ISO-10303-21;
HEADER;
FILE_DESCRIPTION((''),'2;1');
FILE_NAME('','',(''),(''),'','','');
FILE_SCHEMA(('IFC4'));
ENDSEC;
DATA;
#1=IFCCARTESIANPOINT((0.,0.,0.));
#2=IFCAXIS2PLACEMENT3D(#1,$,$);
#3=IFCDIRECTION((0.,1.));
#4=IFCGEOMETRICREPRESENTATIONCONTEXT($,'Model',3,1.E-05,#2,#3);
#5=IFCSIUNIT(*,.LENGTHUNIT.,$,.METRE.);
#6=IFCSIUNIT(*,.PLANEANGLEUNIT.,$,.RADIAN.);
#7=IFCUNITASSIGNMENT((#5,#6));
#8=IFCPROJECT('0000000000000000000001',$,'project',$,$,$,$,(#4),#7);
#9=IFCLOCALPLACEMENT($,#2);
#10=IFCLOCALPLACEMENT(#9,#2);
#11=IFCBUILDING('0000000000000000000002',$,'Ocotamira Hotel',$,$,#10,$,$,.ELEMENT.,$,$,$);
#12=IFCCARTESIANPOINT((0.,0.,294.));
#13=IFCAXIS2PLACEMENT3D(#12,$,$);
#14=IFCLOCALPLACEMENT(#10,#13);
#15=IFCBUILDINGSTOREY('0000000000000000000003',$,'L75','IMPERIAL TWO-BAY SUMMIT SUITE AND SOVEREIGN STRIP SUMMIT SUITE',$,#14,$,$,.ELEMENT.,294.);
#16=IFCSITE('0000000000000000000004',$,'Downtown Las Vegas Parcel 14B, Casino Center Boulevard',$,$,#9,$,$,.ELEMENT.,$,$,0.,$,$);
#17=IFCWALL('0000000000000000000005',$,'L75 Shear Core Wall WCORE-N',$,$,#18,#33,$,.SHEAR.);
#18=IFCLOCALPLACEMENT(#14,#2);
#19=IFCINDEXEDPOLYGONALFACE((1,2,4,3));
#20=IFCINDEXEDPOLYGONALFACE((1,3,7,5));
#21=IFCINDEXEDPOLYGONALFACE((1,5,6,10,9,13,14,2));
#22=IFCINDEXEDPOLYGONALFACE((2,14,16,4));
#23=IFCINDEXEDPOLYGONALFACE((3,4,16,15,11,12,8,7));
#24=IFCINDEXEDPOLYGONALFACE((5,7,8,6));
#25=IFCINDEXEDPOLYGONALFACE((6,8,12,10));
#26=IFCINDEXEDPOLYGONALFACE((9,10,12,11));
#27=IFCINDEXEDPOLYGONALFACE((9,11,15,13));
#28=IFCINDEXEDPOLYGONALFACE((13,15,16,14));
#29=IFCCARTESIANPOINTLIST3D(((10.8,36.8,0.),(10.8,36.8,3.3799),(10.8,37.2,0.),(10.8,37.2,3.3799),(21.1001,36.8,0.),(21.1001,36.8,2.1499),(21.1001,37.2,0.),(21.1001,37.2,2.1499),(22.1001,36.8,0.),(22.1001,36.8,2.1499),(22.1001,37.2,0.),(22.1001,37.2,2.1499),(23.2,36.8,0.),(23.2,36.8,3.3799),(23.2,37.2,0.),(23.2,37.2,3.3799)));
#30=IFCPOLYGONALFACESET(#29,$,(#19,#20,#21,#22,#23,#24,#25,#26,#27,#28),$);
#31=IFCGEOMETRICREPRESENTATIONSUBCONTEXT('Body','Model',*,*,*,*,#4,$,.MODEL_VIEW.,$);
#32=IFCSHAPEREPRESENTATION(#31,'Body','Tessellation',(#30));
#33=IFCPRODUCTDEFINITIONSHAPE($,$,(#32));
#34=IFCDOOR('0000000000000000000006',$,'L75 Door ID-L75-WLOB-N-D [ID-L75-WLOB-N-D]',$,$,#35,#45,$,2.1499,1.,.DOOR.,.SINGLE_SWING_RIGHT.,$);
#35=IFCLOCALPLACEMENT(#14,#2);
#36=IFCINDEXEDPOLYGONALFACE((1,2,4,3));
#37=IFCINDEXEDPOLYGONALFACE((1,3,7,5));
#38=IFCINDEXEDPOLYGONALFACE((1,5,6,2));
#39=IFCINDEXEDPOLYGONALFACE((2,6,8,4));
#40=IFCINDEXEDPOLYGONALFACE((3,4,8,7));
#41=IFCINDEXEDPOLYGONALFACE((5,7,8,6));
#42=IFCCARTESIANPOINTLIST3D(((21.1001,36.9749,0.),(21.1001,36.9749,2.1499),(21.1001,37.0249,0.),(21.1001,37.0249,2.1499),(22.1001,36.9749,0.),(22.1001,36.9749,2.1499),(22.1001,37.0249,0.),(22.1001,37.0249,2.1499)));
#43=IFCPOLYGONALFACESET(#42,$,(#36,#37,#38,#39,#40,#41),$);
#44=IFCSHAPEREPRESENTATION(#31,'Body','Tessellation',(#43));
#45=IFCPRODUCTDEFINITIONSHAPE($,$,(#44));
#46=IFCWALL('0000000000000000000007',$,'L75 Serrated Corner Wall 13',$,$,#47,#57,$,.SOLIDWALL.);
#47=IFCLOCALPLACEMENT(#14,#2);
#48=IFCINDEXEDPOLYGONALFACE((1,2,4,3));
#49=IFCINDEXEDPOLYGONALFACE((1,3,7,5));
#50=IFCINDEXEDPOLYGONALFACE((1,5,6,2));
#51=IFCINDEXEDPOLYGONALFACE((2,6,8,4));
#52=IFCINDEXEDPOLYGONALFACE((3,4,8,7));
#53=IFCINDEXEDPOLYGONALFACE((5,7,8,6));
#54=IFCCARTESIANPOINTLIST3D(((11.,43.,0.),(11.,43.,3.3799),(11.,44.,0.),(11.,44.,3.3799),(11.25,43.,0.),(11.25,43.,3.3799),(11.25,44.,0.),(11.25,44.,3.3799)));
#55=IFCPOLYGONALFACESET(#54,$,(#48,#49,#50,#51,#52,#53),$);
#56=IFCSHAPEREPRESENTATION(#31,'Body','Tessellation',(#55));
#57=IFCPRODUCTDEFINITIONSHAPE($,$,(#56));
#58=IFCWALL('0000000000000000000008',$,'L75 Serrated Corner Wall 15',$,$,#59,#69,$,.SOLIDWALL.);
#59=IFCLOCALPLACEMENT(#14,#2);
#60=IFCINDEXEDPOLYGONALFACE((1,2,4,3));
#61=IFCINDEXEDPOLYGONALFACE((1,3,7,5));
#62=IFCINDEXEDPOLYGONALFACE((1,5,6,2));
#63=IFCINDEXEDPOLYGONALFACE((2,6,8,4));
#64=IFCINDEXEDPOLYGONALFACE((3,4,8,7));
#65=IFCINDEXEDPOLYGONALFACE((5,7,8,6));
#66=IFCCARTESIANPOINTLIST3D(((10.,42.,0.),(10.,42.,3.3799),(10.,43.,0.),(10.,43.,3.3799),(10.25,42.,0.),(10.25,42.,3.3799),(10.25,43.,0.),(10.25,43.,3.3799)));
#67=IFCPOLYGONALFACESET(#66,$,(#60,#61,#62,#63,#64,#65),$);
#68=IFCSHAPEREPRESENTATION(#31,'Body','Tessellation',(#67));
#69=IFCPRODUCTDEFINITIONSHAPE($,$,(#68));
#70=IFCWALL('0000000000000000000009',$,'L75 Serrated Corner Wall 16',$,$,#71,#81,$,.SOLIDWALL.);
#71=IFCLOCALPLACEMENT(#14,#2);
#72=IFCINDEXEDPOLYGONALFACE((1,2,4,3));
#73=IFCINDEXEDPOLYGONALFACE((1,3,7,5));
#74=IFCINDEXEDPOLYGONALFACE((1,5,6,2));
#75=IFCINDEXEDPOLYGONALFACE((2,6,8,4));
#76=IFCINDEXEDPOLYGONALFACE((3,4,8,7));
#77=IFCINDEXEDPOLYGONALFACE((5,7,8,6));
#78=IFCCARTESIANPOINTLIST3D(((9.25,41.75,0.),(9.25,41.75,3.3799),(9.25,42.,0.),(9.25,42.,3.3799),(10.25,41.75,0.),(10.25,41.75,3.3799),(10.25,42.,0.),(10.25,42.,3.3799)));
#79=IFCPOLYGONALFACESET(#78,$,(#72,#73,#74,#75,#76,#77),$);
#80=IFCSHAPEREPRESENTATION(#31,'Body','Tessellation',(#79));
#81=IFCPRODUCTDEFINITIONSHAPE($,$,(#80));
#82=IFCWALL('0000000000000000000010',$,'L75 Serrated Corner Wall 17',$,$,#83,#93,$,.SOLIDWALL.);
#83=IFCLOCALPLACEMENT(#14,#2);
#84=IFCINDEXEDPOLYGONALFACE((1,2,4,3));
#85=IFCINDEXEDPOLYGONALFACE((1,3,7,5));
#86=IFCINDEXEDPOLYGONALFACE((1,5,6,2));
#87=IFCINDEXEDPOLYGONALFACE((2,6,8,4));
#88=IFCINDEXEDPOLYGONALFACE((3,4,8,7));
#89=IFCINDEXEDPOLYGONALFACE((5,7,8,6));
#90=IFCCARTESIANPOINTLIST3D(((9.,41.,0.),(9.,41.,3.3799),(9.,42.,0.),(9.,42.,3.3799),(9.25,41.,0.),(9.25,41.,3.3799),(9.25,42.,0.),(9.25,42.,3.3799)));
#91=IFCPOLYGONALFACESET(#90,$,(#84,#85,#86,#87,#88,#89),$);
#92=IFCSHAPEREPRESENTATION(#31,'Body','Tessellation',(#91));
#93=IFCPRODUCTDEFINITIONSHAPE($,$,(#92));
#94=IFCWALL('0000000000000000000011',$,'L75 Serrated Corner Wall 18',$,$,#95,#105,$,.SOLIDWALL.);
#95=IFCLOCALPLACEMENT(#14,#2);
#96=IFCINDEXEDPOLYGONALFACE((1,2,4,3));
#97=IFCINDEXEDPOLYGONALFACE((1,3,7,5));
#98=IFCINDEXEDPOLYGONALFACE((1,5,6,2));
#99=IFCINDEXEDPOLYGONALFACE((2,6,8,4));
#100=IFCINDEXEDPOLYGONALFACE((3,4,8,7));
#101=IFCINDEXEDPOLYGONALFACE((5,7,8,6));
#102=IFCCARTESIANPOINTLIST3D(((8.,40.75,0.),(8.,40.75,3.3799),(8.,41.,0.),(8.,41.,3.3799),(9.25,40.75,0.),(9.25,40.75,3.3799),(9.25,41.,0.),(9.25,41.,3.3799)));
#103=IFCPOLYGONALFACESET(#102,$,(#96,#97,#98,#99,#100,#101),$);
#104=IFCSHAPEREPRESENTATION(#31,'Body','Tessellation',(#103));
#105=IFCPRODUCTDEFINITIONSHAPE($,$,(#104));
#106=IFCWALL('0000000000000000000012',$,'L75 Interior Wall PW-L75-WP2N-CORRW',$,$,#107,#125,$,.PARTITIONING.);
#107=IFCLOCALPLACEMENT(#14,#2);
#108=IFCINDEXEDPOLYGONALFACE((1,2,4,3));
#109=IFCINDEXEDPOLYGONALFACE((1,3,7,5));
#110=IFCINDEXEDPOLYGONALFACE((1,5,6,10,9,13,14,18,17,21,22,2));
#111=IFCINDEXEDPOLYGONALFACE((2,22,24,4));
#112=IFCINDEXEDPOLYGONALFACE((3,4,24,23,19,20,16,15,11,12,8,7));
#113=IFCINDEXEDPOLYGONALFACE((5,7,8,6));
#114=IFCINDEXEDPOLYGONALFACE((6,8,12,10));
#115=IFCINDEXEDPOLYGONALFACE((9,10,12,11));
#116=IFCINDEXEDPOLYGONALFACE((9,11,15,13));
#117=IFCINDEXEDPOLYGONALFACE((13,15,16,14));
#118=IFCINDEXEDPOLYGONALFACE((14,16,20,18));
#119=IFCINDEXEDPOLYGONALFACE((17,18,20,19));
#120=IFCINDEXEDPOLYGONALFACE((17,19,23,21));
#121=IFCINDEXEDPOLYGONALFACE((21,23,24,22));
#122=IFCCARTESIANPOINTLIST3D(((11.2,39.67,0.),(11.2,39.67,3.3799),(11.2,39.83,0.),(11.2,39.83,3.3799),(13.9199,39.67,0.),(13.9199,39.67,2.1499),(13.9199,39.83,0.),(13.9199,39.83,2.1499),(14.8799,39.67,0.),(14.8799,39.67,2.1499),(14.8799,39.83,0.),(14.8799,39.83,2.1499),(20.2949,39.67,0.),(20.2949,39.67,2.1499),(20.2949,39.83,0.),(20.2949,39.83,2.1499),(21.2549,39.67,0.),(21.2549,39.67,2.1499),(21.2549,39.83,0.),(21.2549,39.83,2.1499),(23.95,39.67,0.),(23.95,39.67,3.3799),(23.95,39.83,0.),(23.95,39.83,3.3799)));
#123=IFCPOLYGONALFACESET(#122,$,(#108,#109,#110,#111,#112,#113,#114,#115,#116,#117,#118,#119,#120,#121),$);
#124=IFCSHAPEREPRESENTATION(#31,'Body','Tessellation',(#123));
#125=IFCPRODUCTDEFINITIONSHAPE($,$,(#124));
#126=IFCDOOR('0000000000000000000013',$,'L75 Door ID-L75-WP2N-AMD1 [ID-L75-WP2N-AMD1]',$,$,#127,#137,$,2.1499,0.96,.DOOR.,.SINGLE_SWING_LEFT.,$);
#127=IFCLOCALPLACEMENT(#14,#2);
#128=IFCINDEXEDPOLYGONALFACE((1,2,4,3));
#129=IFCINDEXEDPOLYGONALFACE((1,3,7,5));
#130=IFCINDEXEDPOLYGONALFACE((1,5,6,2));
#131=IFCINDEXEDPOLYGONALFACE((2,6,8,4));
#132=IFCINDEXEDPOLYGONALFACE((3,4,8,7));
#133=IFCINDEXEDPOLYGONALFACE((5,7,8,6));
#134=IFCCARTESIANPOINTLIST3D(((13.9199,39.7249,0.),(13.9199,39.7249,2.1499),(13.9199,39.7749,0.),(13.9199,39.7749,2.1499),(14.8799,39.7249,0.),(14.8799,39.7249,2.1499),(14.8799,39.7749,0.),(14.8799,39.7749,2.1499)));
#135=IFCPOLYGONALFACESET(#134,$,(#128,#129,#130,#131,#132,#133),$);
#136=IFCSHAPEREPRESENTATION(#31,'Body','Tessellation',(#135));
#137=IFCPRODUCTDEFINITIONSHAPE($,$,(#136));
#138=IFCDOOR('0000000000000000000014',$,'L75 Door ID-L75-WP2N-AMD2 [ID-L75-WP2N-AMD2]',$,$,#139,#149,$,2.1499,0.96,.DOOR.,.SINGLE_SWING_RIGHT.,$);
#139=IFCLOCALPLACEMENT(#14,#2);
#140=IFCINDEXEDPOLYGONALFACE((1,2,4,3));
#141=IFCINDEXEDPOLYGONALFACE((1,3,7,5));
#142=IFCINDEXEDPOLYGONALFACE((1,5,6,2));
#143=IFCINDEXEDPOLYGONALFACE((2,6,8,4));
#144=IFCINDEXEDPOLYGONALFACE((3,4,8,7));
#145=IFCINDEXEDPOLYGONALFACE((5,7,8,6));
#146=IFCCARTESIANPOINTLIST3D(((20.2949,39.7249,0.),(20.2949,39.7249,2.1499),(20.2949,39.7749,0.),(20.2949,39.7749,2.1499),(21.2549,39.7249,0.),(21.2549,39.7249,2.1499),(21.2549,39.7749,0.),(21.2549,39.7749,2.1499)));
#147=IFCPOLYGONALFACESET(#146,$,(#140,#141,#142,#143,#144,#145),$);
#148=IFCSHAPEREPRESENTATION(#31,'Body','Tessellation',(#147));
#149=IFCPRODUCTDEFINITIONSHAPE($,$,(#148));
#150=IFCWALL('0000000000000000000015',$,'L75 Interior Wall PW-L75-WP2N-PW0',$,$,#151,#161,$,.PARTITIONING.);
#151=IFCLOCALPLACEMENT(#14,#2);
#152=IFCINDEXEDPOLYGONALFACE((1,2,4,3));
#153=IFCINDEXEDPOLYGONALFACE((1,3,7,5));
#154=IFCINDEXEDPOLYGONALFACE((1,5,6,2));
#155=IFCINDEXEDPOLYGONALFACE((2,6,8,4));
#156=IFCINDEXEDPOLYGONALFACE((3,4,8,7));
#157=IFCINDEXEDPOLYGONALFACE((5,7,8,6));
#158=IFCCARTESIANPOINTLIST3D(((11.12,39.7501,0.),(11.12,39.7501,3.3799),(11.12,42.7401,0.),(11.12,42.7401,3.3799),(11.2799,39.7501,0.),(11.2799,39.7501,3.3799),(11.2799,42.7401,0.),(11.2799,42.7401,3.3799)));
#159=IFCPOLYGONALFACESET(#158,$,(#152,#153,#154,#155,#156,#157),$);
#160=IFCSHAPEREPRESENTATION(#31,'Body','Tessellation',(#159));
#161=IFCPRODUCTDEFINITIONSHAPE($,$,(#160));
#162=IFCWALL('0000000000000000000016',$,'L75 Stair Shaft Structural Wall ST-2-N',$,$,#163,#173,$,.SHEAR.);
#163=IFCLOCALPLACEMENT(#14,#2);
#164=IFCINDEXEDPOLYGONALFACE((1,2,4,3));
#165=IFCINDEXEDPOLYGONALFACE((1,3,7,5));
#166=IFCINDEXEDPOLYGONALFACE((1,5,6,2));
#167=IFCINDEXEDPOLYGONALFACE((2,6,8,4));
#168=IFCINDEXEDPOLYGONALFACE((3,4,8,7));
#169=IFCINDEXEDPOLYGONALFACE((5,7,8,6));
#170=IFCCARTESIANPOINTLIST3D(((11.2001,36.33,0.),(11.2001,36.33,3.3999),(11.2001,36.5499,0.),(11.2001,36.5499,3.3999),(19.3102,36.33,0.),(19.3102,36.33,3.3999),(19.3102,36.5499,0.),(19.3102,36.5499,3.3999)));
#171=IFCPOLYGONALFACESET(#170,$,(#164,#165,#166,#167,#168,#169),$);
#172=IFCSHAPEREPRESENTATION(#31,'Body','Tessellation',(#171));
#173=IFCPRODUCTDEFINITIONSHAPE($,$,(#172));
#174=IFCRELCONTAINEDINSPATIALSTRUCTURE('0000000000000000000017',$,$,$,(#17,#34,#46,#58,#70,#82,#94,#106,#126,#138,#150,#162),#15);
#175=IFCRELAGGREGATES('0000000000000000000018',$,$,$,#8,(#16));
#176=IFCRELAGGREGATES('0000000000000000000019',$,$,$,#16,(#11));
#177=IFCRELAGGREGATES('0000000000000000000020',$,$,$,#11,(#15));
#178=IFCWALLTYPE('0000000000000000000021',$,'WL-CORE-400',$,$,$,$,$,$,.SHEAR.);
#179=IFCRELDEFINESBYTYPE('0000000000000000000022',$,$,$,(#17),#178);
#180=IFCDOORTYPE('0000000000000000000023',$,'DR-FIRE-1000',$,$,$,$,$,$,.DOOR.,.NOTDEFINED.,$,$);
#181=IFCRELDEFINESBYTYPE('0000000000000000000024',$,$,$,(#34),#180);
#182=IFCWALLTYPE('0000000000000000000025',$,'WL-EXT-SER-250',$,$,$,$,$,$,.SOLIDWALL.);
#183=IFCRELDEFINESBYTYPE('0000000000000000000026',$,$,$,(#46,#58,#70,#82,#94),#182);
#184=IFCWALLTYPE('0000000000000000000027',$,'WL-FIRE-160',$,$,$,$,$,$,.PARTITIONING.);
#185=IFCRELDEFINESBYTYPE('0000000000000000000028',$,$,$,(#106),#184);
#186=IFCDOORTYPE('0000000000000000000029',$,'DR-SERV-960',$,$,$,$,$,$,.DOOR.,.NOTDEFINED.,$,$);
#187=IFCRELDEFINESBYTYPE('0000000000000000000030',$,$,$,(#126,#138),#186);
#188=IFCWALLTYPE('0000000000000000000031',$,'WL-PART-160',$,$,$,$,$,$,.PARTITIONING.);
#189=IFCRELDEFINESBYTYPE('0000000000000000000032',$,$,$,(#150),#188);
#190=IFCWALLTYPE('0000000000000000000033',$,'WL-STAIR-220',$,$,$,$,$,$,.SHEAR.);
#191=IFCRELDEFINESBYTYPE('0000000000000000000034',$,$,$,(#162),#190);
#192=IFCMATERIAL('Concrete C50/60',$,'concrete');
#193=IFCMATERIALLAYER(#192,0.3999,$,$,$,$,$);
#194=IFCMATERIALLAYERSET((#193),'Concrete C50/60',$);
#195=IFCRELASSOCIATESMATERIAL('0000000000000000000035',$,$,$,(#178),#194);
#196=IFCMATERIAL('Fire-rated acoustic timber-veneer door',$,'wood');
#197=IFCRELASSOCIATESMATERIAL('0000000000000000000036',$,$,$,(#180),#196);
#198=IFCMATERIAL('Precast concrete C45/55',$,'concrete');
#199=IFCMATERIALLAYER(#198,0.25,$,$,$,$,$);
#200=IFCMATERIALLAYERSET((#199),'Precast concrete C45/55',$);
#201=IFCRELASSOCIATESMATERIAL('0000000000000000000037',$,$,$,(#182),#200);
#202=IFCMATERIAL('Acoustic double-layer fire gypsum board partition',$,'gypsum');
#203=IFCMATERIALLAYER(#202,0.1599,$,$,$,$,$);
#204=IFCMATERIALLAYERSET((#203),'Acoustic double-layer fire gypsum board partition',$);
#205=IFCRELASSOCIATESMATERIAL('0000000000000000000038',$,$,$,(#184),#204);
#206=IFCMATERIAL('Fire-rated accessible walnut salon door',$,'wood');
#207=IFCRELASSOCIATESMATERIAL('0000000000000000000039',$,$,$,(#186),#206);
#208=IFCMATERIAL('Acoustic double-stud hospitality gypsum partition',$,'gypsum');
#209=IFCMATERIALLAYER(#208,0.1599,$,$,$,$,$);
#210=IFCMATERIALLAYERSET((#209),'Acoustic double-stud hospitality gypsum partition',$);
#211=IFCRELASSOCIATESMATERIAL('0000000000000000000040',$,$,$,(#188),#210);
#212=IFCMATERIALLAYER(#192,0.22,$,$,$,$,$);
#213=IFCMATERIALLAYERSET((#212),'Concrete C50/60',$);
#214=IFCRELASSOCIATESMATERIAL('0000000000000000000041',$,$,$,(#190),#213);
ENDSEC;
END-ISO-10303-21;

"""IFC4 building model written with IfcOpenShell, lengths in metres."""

from ifc_helpers import new_model, si_unit, direction, frame, frame_2d, origin, place, context, subcontext, project, spatial, rectangle, extrude, source, transform, mapped, material, layer, layer_set, type_object, element, fill, save


model = new_model("IFC4")

# Units and contexts
model_context = context("Model", 3, precision=1e-05, world=origin(), true_north=direction((0.0, 1.0)))
body_context = subcontext(model_context, "Body", "Model", "MODEL_VIEW")
ifc_project = project(units=[si_unit("LENGTHUNIT", "METRE"), si_unit("PLANEANGLEUNIT", "RADIAN")], contexts=[model_context])

# Site, building, storey
site_placement = place(None, origin())
site = spatial("IfcSite", under=ifc_project, at=site_placement, Name="Downtown Las Vegas Parcel 14B, Casino Center Boulevard", CompositionType="ELEMENT", RefElevation=0.0)
building_placement = place(site_placement, origin())
building = spatial("IfcBuilding", under=site, at=building_placement, Name="Ocotamira Hotel", CompositionType="ELEMENT")
storey_placement = place(building_placement, frame((0.0, 0.0, 294.0)))
storey = spatial("IfcBuildingStorey", under=building, at=storey_placement, Name="L75", Description="IMPERIAL TWO-BAY SUMMIT SUITE AND SOVEREIGN STRIP SUMMIT SUITE", CompositionType="ELEMENT", Elevation=294.0)

# Wall, opening, door
ifc_material_1 = material(Name="Concrete C50/60", Category="concrete")
ifc_layer_1 = layer(ifc_material_1, 0.3999)
ifc_layer_set_1 = layer_set([ifc_layer_1], Name="Concrete C50/60")
wall_type_1 = type_object("IfcWallType", Name="WL-CORE-400", PredefinedType="SHEAR", material=ifc_layer_set_1)
wall_1_placement = place(storey_placement, frame((10.8, 37.0, 0.0), z_axis=(0.0, 0.0, 1.0), x_axis=(1.0, 0.0, 0.0)))
wall_1 = element("IfcWall", 1, at=wall_1_placement, inside=storey, type_object=wall_type_1, Name="L75 Shear Core Wall WCORE-N", PredefinedType="SHEAR", context=body_context, shape_type="SweptSolid", body=[
    extrude(rectangle(XDim=12.3999, YDim=0.3999, at=frame_2d((6.2, 0.0))), origin(), (0.0, 0.0, 1.0), 3.3799),
])
opening_1_placement = place(wall_1_placement, frame((10.3, 0.0, 0.0)))
opening_1 = element("IfcOpeningElement", 2, at=opening_1_placement, cuts=wall_1, PredefinedType="OPENING", context=body_context, shape_type="SweptSolid", body=[
    extrude(rectangle(XDim=1.0, YDim=2.1499, at=frame_2d((0.5, 1.075))), frame((0.0, 0.21, 0.0), z_axis=(0.0, -1.0, 0.0), x_axis=(1.0, 0.0, 0.0)), (0.0, 0.0, 1.0), 0.4199),
])
ifc_material_2 = material(Name="Fire-rated acoustic timber-veneer door", Category="wood")
door_type_1 = type_object("IfcDoorType", Name="DR-FIRE-1000", OperationType="NOTDEFINED", PredefinedType="DOOR", material=ifc_material_2)
shared_shape_1 = source(origin(), body_context, "Body", "SweptSolid", [
    extrude(rectangle(XDim=1.0, YDim=2.1499, at=frame_2d((0.5, 1.075))), frame((0.0, 0.0249, 0.0), z_axis=(0.0, -1.0, 0.0), x_axis=(1.0, 0.0, 0.0)), (0.0, 0.0, 1.0), 0.05),
])
door_1_placement = place(opening_1_placement, origin())
door_1 = element("IfcDoor", 3, at=door_1_placement, inside=storey, type_object=door_type_1, Name="L75 Door ID-L75-WLOB-N-D [ID-L75-WLOB-N-D]", OperationType="SINGLE_SWING_RIGHT", OverallHeight=2.1499, OverallWidth=1.0, PredefinedType="DOOR", context=body_context, shape_type="MappedRepresentation", body=[
    mapped(shared_shape_1, transform((0.0, 0.0, 0.0), scale=1.0)),
])
fill(opening_1, door_1)

# Walls
ifc_material_3 = material(Name="Precast concrete C45/55", Category="concrete")
ifc_layer_2 = layer(ifc_material_3, 0.25)
ifc_layer_set_2 = layer_set([ifc_layer_2], Name="Precast concrete C45/55")
wall_type_2 = type_object("IfcWallType", Name="WL-EXT-SER-250", PredefinedType="SOLIDWALL", material=ifc_layer_set_2)
for number, where, z_axis, x_axis, name in (
    (4, (11.125, 44.0, 0.0), (0.0, 0.0, 1.0), (0.0, -1.0, 0.0), "L75 Serrated Corner Wall 13"),
    (5, (10.125, 43.0, 0.0), (0.0, 0.0, 1.0), (0.0, -1.0, 0.0), "L75 Serrated Corner Wall 15"),
    (6, (10.25, 41.875, 0.0), (0.0, 0.0, 1.0), (-1.0, 0.0, 0.0), "L75 Serrated Corner Wall 16"),
    (7, (9.125, 42.0, 0.0), (0.0, 0.0, 1.0), (0.0, -1.0, 0.0), "L75 Serrated Corner Wall 17"),
):
    element("IfcWall", number, at=place(storey_placement, frame(where, z_axis=z_axis, x_axis=x_axis)), inside=storey, type_object=wall_type_2, Name=name, PredefinedType="SOLIDWALL", context=body_context, shape_type="SweptSolid", body=[
        extrude(rectangle(XDim=1.0, YDim=0.25, at=frame_2d((0.5, 0.0))), origin(), (0.0, 0.0, 1.0), 3.3799),
    ])
wall_2_placement = place(storey_placement, frame((9.25, 40.875, 0.0), z_axis=(0.0, 0.0, 1.0), x_axis=(-1.0, 0.0, 0.0)))
element("IfcWall", 8, at=wall_2_placement, inside=storey, type_object=wall_type_2, Name="L75 Serrated Corner Wall 18", PredefinedType="SOLIDWALL", context=body_context, shape_type="SweptSolid", body=[
    extrude(rectangle(XDim=1.25, YDim=0.25, at=frame_2d((0.625, 0.0))), origin(), (0.0, 0.0, 1.0), 3.3799),
])

# Wall, openings, doors
ifc_material_4 = material(Name="Acoustic double-layer fire gypsum board partition", Category="gypsum")
ifc_layer_3 = layer(ifc_material_4, 0.1599)
ifc_layer_set_3 = layer_set([ifc_layer_3], Name="Acoustic double-layer fire gypsum board partition")
wall_type_3 = type_object("IfcWallType", Name="WL-FIRE-160", PredefinedType="PARTITIONING", material=ifc_layer_set_3)
wall_3_placement = place(storey_placement, frame((11.2, 39.75, 0.0), z_axis=(0.0, 0.0, 1.0), x_axis=(1.0, 0.0, 0.0)))
wall_3 = element("IfcWall", 9, at=wall_3_placement, inside=storey, type_object=wall_type_3, Name="L75 Interior Wall PW-L75-WP2N-CORRW", PredefinedType="PARTITIONING", context=body_context, shape_type="SweptSolid", body=[
    extrude(rectangle(XDim=12.75, YDim=0.1599, at=frame_2d((6.375, 0.0))), origin(), (0.0, 0.0, 1.0), 3.3799),
])
opening_2_placement = place(wall_3_placement, frame((2.72, 0.0, 0.0)))
opening_2 = element("IfcOpeningElement", 10, at=opening_2_placement, cuts=wall_3, PredefinedType="OPENING", context=body_context, shape_type="SweptSolid", body=[
    extrude(rectangle(XDim=0.96, YDim=2.1499, at=frame_2d((0.48, 1.075))), frame((0.0, 0.0898, 0.0), z_axis=(0.0, -1.0, 0.0), x_axis=(1.0, 0.0, 0.0)), (0.0, 0.0, 1.0), 0.1799),
])
opening_3_placement = place(wall_3_placement, frame((9.095, 0.0, 0.0)))
opening_3 = element("IfcOpeningElement", 11, at=opening_3_placement, cuts=wall_3, PredefinedType="OPENING", context=body_context, shape_type="SweptSolid", body=[
    extrude(rectangle(XDim=0.96, YDim=2.1499, at=frame_2d((0.48, 1.075))), frame((0.0, 0.0898, 0.0), z_axis=(0.0, -1.0, 0.0), x_axis=(1.0, 0.0, 0.0)), (0.0, 0.0, 1.0), 0.1799),
])
ifc_material_5 = material(Name="Fire-rated accessible walnut salon door", Category="wood")
door_type_2 = type_object("IfcDoorType", Name="DR-SERV-960", OperationType="NOTDEFINED", PredefinedType="DOOR", material=ifc_material_5)
shared_shape_2 = source(origin(), body_context, "Body", "SweptSolid", [
    extrude(rectangle(XDim=0.96, YDim=2.1499, at=frame_2d((0.48, 1.075))), frame((0.0, 0.0249, 0.0), z_axis=(0.0, -1.0, 0.0), x_axis=(1.0, 0.0, 0.0)), (0.0, 0.0, 1.0), 0.05),
])
door_2_placement = place(opening_2_placement, origin())
door_2 = element("IfcDoor", 12, at=door_2_placement, inside=storey, type_object=door_type_2, Name="L75 Door ID-L75-WP2N-AMD1 [ID-L75-WP2N-AMD1]", OperationType="SINGLE_SWING_LEFT", OverallHeight=2.1499, OverallWidth=0.96, PredefinedType="DOOR", context=body_context, shape_type="MappedRepresentation", body=[
    mapped(shared_shape_2, transform((0.0, 0.0, 0.0), scale=1.0)),
])
fill(opening_2, door_2)
door_3_placement = place(opening_3_placement, origin())
door_3 = element("IfcDoor", 13, at=door_3_placement, inside=storey, type_object=door_type_2, Name="L75 Door ID-L75-WP2N-AMD2 [ID-L75-WP2N-AMD2]", OperationType="SINGLE_SWING_RIGHT", OverallHeight=2.1499, OverallWidth=0.96, PredefinedType="DOOR", context=body_context, shape_type="MappedRepresentation", body=[
    mapped(shared_shape_2, transform((0.0, 0.0, 0.0), scale=1.0)),
])
fill(opening_3, door_3)

# Walls
ifc_material_6 = material(Name="Acoustic double-stud hospitality gypsum partition", Category="gypsum")
ifc_layer_4 = layer(ifc_material_6, 0.1599)
ifc_layer_set_4 = layer_set([ifc_layer_4], Name="Acoustic double-stud hospitality gypsum partition")
wall_type_4 = type_object("IfcWallType", Name="WL-PART-160", PredefinedType="PARTITIONING", material=ifc_layer_set_4)
wall_4_placement = place(storey_placement, frame((11.2, 39.75, 0.0), z_axis=(0.0, 0.0, 1.0), x_axis=(0.0, 1.0, 0.0)))
element("IfcWall", 14, at=wall_4_placement, inside=storey, type_object=wall_type_4, Name="L75 Interior Wall PW-L75-WP2N-PW0", PredefinedType="PARTITIONING", context=body_context, shape_type="SweptSolid", body=[
    extrude(rectangle(XDim=2.99, YDim=0.1599, at=frame_2d((1.4951, 0.0))), origin(), (0.0, 0.0, 1.0), 3.3799),
])
ifc_layer_5 = layer(ifc_material_1, 0.22)
ifc_layer_set_5 = layer_set([ifc_layer_5], Name="Concrete C50/60")
wall_type_5 = type_object("IfcWallType", Name="WL-STAIR-220", PredefinedType="SHEAR", material=ifc_layer_set_5)
wall_5_placement = place(storey_placement, frame((11.2, 36.4399, 0.0), z_axis=(0.0, 0.0, 1.0), x_axis=(1.0, 0.0, 0.0)))
element("IfcWall", 15, at=wall_5_placement, inside=storey, type_object=wall_type_5, Name="L75 Stair Shaft Structural Wall ST-2-N", PredefinedType="SHEAR", context=body_context, shape_type="SweptSolid", body=[
    extrude(rectangle(XDim=8.1101, YDim=0.22, at=frame_2d((4.0552, 0.0))), origin(), (0.0, 0.0, 1.0), 3.3999),
])

save(model, "model.ifc")
